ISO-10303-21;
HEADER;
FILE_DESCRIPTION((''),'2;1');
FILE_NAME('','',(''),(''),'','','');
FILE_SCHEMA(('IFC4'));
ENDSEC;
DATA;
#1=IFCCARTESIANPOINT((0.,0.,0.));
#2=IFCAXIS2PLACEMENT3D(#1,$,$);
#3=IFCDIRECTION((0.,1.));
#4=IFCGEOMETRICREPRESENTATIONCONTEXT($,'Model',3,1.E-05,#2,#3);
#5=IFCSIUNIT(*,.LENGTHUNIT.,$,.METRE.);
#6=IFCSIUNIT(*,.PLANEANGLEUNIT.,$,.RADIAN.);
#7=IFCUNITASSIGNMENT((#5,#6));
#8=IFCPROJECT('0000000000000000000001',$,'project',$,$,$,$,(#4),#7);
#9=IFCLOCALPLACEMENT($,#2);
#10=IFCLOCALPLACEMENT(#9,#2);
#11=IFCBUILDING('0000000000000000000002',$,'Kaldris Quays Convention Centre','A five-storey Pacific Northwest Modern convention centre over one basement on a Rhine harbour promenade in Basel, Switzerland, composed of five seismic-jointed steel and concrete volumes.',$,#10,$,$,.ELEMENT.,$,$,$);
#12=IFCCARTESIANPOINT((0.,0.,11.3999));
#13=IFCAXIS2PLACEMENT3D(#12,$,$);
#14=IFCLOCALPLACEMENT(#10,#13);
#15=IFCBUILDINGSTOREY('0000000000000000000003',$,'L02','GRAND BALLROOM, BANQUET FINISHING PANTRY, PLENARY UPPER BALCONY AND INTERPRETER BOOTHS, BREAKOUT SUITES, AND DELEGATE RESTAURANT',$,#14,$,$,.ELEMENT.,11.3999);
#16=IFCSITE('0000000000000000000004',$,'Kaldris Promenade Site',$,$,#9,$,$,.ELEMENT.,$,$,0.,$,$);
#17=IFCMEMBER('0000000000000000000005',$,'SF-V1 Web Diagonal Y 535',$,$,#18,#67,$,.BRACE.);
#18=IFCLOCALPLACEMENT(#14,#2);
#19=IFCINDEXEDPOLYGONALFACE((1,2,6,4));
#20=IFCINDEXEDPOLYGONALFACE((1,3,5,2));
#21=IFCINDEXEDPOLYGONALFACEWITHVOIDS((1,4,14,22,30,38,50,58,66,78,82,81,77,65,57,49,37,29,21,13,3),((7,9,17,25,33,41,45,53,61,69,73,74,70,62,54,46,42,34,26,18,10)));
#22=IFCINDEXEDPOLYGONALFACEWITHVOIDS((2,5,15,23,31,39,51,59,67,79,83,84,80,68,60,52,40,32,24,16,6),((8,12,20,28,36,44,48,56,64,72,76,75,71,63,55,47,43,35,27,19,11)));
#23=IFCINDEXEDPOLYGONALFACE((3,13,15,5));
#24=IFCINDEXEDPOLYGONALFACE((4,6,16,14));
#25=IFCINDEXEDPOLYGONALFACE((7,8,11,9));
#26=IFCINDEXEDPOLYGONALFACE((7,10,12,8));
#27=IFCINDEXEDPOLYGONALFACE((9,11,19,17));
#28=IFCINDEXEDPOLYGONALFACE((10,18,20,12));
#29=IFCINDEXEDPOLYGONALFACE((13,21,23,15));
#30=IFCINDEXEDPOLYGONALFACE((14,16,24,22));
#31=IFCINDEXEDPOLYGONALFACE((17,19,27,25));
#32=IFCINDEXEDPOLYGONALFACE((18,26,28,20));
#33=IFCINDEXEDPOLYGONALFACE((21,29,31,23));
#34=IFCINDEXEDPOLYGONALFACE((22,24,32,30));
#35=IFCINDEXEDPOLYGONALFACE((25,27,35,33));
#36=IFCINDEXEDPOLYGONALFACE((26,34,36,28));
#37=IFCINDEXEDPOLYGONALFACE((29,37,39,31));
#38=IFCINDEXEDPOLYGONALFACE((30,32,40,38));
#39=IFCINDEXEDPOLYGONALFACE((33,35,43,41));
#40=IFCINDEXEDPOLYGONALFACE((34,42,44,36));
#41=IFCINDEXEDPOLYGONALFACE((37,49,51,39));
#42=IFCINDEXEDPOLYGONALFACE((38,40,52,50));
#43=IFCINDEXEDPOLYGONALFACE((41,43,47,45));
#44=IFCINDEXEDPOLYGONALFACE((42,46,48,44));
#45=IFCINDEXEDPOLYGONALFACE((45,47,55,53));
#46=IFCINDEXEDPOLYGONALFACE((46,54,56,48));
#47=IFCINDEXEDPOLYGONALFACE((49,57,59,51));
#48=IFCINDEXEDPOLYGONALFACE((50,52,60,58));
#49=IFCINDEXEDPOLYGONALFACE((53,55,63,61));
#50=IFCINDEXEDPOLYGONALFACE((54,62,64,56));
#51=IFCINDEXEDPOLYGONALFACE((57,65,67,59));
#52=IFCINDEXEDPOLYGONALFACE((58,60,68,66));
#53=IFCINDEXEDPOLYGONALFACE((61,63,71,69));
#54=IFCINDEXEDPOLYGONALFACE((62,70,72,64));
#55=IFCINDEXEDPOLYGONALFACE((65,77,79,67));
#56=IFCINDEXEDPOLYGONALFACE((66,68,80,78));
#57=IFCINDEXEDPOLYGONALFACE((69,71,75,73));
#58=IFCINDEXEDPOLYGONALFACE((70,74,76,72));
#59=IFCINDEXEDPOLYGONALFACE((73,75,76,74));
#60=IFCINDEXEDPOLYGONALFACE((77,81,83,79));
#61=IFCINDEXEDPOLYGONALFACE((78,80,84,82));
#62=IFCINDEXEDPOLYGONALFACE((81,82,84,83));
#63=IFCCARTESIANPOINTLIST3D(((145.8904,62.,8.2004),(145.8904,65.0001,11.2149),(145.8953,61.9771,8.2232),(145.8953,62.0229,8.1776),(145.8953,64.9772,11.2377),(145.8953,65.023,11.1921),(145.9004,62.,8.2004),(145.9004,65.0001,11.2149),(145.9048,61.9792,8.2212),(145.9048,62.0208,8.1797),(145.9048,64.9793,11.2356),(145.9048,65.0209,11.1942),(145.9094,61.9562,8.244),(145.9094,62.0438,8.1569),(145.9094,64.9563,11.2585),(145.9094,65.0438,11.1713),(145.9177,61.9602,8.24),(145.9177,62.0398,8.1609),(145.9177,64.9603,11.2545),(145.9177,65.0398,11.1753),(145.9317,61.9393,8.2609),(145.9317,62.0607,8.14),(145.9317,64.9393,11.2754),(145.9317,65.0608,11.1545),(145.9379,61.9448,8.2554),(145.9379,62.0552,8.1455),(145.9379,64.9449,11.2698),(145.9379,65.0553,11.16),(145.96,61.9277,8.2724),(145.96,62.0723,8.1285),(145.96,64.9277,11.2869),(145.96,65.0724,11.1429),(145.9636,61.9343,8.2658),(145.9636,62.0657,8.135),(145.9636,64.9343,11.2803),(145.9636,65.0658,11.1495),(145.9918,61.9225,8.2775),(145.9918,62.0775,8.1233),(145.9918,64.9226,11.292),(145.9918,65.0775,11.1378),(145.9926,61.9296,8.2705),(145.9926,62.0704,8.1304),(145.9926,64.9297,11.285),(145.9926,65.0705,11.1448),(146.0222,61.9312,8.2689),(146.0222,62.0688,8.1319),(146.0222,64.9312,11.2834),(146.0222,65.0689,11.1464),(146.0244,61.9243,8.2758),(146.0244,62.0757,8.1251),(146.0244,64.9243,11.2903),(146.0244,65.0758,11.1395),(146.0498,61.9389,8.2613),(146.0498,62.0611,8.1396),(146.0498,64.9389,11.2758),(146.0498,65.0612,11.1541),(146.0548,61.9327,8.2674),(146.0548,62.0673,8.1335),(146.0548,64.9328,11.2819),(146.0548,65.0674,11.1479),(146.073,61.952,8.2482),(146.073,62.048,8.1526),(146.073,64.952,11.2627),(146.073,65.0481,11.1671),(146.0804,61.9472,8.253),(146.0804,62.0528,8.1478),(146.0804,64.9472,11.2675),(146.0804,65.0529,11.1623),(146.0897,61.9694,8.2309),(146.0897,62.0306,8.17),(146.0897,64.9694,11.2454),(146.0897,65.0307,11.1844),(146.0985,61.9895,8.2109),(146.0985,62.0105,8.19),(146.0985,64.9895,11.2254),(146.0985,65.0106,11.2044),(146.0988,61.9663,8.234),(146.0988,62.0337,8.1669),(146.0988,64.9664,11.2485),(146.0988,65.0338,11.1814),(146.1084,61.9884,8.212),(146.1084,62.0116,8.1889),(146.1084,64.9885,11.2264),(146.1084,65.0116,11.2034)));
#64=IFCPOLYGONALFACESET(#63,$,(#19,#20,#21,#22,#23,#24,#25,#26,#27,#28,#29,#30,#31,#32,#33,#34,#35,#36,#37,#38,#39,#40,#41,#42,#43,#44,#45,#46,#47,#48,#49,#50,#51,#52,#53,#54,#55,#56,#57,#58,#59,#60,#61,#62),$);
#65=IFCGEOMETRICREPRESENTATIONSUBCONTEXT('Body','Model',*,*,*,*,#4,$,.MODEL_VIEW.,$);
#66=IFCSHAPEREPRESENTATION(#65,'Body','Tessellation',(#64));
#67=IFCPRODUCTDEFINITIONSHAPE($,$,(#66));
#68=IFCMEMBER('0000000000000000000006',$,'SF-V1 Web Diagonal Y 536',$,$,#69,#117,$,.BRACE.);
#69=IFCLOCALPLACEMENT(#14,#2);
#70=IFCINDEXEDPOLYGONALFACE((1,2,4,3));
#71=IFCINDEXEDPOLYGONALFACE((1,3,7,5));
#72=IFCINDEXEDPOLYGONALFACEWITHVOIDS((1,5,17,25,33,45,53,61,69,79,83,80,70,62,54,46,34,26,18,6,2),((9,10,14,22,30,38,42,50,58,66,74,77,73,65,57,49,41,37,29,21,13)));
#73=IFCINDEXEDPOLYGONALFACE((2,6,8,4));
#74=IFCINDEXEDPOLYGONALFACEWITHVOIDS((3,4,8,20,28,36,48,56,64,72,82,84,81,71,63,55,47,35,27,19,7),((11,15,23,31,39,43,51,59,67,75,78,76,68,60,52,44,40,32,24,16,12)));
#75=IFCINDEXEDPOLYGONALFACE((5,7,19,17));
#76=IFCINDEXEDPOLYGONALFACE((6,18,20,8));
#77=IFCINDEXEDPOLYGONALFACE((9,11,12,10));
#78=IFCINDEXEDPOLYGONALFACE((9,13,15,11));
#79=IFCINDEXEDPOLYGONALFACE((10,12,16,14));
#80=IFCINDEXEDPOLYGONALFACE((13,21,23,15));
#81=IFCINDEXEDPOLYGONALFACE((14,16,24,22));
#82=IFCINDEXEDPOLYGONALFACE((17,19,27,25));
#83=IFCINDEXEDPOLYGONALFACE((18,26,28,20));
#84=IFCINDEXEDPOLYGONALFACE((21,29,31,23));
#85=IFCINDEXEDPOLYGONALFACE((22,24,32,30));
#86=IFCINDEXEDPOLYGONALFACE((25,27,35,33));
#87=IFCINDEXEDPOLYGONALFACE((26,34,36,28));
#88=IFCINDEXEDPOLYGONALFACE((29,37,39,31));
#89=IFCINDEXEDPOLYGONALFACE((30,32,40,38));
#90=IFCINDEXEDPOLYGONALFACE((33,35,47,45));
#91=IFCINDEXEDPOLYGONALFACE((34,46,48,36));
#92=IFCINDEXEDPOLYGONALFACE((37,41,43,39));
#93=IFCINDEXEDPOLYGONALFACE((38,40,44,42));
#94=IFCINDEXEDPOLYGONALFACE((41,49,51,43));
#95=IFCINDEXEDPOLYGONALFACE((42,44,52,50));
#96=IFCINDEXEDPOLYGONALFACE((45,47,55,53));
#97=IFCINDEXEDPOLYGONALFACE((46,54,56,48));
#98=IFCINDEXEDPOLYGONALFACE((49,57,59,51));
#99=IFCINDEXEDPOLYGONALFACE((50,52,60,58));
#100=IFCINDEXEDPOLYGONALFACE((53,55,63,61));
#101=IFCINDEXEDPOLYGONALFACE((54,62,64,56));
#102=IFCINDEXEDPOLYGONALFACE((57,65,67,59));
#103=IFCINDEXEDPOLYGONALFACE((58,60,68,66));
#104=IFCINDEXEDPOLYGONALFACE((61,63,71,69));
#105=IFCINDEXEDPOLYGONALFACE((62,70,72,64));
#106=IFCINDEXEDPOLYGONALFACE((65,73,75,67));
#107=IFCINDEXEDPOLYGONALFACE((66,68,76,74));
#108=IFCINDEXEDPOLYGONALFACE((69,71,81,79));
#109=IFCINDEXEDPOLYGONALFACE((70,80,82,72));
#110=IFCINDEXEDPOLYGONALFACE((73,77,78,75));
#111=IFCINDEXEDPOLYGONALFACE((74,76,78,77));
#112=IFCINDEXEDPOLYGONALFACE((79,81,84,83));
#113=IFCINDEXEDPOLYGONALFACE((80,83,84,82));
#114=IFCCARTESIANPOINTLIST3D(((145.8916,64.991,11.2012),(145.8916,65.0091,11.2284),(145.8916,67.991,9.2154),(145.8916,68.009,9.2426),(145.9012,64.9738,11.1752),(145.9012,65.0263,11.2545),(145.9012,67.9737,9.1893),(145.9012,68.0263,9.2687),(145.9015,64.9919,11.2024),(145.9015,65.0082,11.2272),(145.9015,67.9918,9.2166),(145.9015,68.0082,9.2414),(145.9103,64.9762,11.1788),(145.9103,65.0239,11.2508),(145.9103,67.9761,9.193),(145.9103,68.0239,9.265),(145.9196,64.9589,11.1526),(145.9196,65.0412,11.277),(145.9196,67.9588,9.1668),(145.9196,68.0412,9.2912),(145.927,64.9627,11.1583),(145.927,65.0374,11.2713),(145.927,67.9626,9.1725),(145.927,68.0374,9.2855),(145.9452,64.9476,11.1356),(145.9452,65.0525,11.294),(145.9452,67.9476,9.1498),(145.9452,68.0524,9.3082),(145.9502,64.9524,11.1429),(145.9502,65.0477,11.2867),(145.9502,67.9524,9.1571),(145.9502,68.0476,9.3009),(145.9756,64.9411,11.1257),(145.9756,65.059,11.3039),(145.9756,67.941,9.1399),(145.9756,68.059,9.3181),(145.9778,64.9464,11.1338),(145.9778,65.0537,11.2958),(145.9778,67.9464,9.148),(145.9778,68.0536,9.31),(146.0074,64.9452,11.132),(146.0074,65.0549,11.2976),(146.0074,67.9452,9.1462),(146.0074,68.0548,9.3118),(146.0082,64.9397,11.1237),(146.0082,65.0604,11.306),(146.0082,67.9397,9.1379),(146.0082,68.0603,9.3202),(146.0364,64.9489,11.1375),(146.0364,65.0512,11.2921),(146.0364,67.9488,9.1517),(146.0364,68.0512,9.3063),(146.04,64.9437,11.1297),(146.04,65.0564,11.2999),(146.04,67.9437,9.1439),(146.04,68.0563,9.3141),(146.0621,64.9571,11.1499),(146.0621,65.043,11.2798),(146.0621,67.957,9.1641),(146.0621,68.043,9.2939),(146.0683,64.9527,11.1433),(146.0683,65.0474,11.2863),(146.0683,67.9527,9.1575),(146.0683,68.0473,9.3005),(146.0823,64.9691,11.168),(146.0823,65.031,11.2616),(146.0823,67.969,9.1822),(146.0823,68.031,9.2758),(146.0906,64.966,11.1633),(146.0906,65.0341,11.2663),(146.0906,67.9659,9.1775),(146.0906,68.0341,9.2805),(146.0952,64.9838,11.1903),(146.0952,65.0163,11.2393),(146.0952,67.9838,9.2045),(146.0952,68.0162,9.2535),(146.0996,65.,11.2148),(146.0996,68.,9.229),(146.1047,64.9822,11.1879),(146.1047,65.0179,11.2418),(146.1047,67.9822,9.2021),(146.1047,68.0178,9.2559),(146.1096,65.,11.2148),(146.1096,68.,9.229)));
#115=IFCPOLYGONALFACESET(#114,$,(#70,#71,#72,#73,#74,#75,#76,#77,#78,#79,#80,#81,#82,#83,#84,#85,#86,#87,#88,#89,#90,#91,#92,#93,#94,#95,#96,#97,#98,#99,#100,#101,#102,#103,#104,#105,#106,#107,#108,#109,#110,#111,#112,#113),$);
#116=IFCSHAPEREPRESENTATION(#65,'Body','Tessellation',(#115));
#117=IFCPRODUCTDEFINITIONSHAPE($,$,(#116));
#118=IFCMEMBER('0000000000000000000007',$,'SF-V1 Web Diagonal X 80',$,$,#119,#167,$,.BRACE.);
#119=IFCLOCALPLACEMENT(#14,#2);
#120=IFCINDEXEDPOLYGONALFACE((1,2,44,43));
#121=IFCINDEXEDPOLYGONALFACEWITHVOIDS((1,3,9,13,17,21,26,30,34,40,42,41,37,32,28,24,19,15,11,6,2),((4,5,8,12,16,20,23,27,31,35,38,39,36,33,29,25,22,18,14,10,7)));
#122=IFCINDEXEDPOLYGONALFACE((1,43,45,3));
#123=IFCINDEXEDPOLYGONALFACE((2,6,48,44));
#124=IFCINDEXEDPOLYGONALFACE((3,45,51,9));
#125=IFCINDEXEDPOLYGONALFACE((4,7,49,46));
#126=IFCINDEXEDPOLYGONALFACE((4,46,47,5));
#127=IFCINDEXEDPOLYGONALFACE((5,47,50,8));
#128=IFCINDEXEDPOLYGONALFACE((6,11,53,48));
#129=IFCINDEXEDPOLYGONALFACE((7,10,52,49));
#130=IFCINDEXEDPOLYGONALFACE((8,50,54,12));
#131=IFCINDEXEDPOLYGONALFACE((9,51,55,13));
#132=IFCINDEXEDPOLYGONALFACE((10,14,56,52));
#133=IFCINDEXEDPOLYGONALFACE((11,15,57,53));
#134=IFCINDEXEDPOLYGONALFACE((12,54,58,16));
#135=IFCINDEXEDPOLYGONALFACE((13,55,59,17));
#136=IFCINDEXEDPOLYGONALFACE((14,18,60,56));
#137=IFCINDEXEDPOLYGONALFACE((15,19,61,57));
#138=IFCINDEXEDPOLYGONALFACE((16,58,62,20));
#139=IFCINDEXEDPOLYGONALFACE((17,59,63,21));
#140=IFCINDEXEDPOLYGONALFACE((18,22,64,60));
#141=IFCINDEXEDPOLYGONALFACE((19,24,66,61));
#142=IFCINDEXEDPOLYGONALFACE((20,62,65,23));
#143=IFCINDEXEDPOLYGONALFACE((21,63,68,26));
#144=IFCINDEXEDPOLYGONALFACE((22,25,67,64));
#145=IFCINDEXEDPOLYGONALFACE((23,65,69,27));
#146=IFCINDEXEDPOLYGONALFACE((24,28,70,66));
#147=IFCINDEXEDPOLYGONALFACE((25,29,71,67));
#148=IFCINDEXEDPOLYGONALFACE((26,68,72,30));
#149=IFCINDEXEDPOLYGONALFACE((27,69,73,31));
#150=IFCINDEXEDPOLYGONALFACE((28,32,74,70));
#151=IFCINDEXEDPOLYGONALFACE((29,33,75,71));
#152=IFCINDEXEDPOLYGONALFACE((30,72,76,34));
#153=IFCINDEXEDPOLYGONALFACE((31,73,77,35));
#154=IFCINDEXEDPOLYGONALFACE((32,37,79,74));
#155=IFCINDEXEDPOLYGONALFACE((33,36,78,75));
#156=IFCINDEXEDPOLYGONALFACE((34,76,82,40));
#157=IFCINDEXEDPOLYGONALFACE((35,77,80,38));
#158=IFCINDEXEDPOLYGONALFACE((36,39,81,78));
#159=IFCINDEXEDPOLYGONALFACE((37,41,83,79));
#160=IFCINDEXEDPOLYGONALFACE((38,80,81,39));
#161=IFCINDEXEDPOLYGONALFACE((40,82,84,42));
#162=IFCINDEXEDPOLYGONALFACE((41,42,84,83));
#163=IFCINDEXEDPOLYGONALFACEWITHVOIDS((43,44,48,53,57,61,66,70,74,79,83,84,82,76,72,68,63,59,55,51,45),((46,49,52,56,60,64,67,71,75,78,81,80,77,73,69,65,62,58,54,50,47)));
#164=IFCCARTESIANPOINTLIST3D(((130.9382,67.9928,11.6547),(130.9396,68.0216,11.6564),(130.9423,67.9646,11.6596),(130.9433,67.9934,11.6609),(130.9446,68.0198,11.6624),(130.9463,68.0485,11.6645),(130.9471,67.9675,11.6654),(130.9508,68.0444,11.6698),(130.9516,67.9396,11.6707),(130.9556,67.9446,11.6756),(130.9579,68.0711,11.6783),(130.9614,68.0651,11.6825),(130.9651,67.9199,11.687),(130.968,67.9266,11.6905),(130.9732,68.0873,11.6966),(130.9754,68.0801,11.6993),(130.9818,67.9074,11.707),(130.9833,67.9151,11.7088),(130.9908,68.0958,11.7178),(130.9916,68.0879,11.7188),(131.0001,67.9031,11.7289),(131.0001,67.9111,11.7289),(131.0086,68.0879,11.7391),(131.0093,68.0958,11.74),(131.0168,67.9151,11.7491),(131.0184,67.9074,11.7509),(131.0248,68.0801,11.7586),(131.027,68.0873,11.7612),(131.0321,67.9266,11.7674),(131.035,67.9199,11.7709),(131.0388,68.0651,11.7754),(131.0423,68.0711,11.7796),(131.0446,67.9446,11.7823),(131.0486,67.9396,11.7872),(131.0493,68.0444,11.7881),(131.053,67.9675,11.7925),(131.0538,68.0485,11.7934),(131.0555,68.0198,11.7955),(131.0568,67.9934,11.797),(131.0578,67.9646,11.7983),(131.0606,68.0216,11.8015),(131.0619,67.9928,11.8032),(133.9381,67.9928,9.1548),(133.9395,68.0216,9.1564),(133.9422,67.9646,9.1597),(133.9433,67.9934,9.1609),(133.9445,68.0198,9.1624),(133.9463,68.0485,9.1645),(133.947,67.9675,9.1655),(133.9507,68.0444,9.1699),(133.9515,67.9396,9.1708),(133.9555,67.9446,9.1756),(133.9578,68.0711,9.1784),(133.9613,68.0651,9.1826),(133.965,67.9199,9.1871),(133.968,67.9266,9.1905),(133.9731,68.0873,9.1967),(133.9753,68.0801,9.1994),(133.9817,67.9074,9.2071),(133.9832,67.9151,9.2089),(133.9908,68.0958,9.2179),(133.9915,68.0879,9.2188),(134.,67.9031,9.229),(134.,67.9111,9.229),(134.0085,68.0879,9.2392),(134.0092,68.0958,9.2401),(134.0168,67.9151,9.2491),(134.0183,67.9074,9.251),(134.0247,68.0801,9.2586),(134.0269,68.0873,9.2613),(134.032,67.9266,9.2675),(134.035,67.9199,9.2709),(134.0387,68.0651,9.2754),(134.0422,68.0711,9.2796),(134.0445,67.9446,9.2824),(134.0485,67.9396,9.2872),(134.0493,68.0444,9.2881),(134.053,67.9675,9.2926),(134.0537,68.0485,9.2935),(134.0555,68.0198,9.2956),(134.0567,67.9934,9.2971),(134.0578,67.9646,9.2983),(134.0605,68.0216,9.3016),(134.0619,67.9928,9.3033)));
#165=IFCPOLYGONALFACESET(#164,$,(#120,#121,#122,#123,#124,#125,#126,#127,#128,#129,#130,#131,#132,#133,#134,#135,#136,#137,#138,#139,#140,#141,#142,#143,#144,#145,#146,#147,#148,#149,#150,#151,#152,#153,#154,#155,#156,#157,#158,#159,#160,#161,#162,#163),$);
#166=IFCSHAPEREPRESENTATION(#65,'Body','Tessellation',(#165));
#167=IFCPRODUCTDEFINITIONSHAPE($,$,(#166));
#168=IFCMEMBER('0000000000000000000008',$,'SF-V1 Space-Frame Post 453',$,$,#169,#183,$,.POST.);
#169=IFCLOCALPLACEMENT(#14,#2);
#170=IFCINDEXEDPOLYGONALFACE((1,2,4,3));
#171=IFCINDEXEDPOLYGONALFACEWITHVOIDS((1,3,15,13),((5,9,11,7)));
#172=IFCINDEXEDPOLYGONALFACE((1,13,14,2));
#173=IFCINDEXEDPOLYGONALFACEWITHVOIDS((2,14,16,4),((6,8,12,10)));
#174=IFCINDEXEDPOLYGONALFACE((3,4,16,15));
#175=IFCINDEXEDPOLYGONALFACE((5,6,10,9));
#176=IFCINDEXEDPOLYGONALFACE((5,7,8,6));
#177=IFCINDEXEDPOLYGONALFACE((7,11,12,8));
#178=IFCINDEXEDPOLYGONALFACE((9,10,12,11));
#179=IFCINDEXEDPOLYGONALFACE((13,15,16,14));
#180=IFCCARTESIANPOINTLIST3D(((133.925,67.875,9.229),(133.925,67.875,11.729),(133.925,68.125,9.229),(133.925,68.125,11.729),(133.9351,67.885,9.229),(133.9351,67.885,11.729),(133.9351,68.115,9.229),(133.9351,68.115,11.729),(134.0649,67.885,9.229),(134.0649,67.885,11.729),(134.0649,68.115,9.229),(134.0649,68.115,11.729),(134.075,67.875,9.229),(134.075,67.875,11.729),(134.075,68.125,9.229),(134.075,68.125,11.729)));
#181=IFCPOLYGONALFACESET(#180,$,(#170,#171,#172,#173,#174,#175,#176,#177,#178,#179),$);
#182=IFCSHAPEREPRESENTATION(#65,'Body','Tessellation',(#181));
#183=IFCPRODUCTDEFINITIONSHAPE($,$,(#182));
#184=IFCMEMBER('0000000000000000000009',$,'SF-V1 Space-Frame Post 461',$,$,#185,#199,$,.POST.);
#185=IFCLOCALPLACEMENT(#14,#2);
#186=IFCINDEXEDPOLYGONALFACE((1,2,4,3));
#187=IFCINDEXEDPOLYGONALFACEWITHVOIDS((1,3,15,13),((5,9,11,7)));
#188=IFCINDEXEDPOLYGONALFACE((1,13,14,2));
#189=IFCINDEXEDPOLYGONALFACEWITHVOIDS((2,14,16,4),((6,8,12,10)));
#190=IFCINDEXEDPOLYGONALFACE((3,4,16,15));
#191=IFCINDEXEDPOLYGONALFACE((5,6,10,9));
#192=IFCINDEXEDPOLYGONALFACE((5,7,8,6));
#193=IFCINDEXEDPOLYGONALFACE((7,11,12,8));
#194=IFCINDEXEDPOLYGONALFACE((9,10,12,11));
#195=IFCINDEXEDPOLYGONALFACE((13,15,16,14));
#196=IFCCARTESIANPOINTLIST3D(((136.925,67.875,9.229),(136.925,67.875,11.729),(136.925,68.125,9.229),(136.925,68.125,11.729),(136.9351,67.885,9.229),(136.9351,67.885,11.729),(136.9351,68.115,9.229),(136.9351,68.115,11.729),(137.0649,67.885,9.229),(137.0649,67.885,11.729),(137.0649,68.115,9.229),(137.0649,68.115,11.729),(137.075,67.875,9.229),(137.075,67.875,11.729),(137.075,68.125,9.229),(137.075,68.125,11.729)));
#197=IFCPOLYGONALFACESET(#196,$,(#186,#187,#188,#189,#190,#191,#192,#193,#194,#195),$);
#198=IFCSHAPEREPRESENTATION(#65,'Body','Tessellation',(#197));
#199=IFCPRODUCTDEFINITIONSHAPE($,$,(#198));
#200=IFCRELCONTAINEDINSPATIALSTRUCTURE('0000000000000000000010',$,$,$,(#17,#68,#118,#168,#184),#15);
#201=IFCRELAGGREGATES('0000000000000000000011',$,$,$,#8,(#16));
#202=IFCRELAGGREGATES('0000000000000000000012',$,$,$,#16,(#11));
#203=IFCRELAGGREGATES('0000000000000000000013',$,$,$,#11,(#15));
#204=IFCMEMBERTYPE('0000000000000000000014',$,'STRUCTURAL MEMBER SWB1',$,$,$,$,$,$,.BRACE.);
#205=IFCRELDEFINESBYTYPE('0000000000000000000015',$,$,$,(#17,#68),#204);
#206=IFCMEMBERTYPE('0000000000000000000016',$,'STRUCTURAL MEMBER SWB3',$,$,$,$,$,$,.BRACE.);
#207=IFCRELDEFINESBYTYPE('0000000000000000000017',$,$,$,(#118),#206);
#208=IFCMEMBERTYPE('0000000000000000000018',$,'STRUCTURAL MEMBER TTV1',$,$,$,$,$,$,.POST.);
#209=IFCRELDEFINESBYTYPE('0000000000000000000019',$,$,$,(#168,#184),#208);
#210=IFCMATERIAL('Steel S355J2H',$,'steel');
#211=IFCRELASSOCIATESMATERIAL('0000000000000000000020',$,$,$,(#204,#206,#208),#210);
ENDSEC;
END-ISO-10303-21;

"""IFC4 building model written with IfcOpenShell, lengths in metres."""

from ifc_helpers import new_model, si_unit, direction, frame, origin, origin_2d, place, context, subcontext, project, spatial, hollow_rectangle, hollow_circle, extrude, material, material_profile, profile_set, type_object, element, save


model = new_model("IFC4")

# Units and contexts
model_context = context("Model", 3, precision=1e-05, world=origin(), true_north=direction((0.0, 1.0)))
body_context = subcontext(model_context, "Body", "Model", "MODEL_VIEW")
ifc_project = project(units=[si_unit("LENGTHUNIT", "METRE"), si_unit("PLANEANGLEUNIT", "RADIAN")], contexts=[model_context])

# Site, building, storey
site_placement = place(None, origin())
site = spatial("IfcSite", under=ifc_project, at=site_placement, Name="Kaldris Promenade Site", CompositionType="ELEMENT", RefElevation=0.0)
building_placement = place(site_placement, origin())
building = spatial("IfcBuilding", under=site, at=building_placement, Name="Kaldris Quays Convention Centre", Description="A five-storey Pacific Northwest Modern convention centre over one basement on a Rhine harbour promenade in Basel, Switzerland, composed of five seismic-jointed steel and concrete volumes.", CompositionType="ELEMENT")
storey_placement = place(building_placement, frame((0.0, 0.0, 11.3999)))
storey = spatial("IfcBuildingStorey", under=building, at=storey_placement, Name="L02", Description="GRAND BALLROOM, BANQUET FINISHING PANTRY, PLENARY UPPER BALCONY AND INTERPRETER BOOTHS, BREAKOUT SUITES, AND DELEGATE RESTAURANT", CompositionType="ELEMENT", Elevation=11.3999)

# Members
ifc_material_1 = material(Name="Steel S355J2H", Category="steel")
ifc_material_profile_1 = material_profile(ifc_material_1, hollow_circle(Radius=0.1096, WallThickness=0.01, at=origin_2d()), Name="CHS 219.1x10")
ifc_profile_set_1 = profile_set([ifc_material_profile_1], Name="Steel S355J2H")
member_type_1 = type_object("IfcMemberType", Name="STRUCTURAL MEMBER SWB1", PredefinedType="BRACE", material=ifc_profile_set_1)
member_1_placement = place(storey_placement, frame((146.0, 62.0, 8.2004), z_axis=(0.0, 0.705411, 0.708798), x_axis=(-1.0, 0.0, 0.0)))
element("IfcMember", 1, at=member_1_placement, inside=storey, type_object=member_type_1, Name="SF-V1 Web Diagonal Y 535", PredefinedType="BRACE", context=body_context, shape_type="SweptSolid", body=[
    extrude(hollow_circle(Radius=0.1096, WallThickness=0.01, at=origin_2d()), origin(), (0.0, 0.0, 1.0), 4.2529),
])
member_2_placement = place(storey_placement, frame((146.0, 68.0, 9.229), z_axis=(0.0, -0.833862, 0.551972), x_axis=(1.0, 0.0, 0.0)))
element("IfcMember", 2, at=member_2_placement, inside=storey, type_object=member_type_1, Name="SF-V1 Web Diagonal Y 536", PredefinedType="BRACE", context=body_context, shape_type="SweptSolid", body=[
    extrude(hollow_circle(Radius=0.1096, WallThickness=0.01, at=origin_2d()), origin(), (0.0, 0.0, 1.0), 3.5977),
])
ifc_material_profile_2 = material_profile(ifc_material_1, hollow_circle(Radius=0.0969, WallThickness=0.0081, at=origin_2d()), Name="CHS 193.7x8")
ifc_profile_set_2 = profile_set([ifc_material_profile_2], Name="Steel S355J2H")
member_type_2 = type_object("IfcMemberType", Name="STRUCTURAL MEMBER SWB3", PredefinedType="BRACE", material=ifc_profile_set_2)
member_3_placement = place(storey_placement, frame((134.0, 68.0, 9.229), z_axis=(-0.768221, 0.0, 0.640184), x_axis=(0.0, -1.0, 0.0)))
element("IfcMember", 3, at=member_3_placement, inside=storey, type_object=member_type_2, Name="SF-V1 Web Diagonal X 80", PredefinedType="BRACE", context=body_context, shape_type="SweptSolid", body=[
    extrude(hollow_circle(Radius=0.0969, WallThickness=0.0081, at=origin_2d()), origin(), (0.0, 0.0, 1.0), 3.905),
])
ifc_material_profile_3 = material_profile(ifc_material_1, hollow_rectangle(XDim=0.1499, YDim=0.25, WallThickness=0.01, at=origin_2d()), Name="RHS 250x150x10")
ifc_profile_set_3 = profile_set([ifc_material_profile_3], Name="Steel S355J2H")
member_type_3 = type_object("IfcMemberType", Name="STRUCTURAL MEMBER TTV1", PredefinedType="POST", material=ifc_profile_set_3)
for number, where, z_axis, x_axis, name in (
    (4, (134.0, 68.0, 9.229), (0.0, 0.0, 1.0), (1.0, 0.0, 0.0), "SF-V1 Space-Frame Post 453"),
    (5, (137.0, 68.0, 9.229), (0.0, 0.0, 1.0), (1.0, 0.0, 0.0), "SF-V1 Space-Frame Post 461"),
):
    element("IfcMember", number, at=place(storey_placement, frame(where, z_axis=z_axis, x_axis=x_axis)), inside=storey, type_object=member_type_3, Name=name, PredefinedType="POST", context=body_context, shape_type="SweptSolid", body=[
        extrude(hollow_rectangle(XDim=0.1499, YDim=0.25, WallThickness=0.01, at=origin_2d()), origin(), (0.0, 0.0, 1.0), 2.5),
    ])

save(model, "model.ifc")
